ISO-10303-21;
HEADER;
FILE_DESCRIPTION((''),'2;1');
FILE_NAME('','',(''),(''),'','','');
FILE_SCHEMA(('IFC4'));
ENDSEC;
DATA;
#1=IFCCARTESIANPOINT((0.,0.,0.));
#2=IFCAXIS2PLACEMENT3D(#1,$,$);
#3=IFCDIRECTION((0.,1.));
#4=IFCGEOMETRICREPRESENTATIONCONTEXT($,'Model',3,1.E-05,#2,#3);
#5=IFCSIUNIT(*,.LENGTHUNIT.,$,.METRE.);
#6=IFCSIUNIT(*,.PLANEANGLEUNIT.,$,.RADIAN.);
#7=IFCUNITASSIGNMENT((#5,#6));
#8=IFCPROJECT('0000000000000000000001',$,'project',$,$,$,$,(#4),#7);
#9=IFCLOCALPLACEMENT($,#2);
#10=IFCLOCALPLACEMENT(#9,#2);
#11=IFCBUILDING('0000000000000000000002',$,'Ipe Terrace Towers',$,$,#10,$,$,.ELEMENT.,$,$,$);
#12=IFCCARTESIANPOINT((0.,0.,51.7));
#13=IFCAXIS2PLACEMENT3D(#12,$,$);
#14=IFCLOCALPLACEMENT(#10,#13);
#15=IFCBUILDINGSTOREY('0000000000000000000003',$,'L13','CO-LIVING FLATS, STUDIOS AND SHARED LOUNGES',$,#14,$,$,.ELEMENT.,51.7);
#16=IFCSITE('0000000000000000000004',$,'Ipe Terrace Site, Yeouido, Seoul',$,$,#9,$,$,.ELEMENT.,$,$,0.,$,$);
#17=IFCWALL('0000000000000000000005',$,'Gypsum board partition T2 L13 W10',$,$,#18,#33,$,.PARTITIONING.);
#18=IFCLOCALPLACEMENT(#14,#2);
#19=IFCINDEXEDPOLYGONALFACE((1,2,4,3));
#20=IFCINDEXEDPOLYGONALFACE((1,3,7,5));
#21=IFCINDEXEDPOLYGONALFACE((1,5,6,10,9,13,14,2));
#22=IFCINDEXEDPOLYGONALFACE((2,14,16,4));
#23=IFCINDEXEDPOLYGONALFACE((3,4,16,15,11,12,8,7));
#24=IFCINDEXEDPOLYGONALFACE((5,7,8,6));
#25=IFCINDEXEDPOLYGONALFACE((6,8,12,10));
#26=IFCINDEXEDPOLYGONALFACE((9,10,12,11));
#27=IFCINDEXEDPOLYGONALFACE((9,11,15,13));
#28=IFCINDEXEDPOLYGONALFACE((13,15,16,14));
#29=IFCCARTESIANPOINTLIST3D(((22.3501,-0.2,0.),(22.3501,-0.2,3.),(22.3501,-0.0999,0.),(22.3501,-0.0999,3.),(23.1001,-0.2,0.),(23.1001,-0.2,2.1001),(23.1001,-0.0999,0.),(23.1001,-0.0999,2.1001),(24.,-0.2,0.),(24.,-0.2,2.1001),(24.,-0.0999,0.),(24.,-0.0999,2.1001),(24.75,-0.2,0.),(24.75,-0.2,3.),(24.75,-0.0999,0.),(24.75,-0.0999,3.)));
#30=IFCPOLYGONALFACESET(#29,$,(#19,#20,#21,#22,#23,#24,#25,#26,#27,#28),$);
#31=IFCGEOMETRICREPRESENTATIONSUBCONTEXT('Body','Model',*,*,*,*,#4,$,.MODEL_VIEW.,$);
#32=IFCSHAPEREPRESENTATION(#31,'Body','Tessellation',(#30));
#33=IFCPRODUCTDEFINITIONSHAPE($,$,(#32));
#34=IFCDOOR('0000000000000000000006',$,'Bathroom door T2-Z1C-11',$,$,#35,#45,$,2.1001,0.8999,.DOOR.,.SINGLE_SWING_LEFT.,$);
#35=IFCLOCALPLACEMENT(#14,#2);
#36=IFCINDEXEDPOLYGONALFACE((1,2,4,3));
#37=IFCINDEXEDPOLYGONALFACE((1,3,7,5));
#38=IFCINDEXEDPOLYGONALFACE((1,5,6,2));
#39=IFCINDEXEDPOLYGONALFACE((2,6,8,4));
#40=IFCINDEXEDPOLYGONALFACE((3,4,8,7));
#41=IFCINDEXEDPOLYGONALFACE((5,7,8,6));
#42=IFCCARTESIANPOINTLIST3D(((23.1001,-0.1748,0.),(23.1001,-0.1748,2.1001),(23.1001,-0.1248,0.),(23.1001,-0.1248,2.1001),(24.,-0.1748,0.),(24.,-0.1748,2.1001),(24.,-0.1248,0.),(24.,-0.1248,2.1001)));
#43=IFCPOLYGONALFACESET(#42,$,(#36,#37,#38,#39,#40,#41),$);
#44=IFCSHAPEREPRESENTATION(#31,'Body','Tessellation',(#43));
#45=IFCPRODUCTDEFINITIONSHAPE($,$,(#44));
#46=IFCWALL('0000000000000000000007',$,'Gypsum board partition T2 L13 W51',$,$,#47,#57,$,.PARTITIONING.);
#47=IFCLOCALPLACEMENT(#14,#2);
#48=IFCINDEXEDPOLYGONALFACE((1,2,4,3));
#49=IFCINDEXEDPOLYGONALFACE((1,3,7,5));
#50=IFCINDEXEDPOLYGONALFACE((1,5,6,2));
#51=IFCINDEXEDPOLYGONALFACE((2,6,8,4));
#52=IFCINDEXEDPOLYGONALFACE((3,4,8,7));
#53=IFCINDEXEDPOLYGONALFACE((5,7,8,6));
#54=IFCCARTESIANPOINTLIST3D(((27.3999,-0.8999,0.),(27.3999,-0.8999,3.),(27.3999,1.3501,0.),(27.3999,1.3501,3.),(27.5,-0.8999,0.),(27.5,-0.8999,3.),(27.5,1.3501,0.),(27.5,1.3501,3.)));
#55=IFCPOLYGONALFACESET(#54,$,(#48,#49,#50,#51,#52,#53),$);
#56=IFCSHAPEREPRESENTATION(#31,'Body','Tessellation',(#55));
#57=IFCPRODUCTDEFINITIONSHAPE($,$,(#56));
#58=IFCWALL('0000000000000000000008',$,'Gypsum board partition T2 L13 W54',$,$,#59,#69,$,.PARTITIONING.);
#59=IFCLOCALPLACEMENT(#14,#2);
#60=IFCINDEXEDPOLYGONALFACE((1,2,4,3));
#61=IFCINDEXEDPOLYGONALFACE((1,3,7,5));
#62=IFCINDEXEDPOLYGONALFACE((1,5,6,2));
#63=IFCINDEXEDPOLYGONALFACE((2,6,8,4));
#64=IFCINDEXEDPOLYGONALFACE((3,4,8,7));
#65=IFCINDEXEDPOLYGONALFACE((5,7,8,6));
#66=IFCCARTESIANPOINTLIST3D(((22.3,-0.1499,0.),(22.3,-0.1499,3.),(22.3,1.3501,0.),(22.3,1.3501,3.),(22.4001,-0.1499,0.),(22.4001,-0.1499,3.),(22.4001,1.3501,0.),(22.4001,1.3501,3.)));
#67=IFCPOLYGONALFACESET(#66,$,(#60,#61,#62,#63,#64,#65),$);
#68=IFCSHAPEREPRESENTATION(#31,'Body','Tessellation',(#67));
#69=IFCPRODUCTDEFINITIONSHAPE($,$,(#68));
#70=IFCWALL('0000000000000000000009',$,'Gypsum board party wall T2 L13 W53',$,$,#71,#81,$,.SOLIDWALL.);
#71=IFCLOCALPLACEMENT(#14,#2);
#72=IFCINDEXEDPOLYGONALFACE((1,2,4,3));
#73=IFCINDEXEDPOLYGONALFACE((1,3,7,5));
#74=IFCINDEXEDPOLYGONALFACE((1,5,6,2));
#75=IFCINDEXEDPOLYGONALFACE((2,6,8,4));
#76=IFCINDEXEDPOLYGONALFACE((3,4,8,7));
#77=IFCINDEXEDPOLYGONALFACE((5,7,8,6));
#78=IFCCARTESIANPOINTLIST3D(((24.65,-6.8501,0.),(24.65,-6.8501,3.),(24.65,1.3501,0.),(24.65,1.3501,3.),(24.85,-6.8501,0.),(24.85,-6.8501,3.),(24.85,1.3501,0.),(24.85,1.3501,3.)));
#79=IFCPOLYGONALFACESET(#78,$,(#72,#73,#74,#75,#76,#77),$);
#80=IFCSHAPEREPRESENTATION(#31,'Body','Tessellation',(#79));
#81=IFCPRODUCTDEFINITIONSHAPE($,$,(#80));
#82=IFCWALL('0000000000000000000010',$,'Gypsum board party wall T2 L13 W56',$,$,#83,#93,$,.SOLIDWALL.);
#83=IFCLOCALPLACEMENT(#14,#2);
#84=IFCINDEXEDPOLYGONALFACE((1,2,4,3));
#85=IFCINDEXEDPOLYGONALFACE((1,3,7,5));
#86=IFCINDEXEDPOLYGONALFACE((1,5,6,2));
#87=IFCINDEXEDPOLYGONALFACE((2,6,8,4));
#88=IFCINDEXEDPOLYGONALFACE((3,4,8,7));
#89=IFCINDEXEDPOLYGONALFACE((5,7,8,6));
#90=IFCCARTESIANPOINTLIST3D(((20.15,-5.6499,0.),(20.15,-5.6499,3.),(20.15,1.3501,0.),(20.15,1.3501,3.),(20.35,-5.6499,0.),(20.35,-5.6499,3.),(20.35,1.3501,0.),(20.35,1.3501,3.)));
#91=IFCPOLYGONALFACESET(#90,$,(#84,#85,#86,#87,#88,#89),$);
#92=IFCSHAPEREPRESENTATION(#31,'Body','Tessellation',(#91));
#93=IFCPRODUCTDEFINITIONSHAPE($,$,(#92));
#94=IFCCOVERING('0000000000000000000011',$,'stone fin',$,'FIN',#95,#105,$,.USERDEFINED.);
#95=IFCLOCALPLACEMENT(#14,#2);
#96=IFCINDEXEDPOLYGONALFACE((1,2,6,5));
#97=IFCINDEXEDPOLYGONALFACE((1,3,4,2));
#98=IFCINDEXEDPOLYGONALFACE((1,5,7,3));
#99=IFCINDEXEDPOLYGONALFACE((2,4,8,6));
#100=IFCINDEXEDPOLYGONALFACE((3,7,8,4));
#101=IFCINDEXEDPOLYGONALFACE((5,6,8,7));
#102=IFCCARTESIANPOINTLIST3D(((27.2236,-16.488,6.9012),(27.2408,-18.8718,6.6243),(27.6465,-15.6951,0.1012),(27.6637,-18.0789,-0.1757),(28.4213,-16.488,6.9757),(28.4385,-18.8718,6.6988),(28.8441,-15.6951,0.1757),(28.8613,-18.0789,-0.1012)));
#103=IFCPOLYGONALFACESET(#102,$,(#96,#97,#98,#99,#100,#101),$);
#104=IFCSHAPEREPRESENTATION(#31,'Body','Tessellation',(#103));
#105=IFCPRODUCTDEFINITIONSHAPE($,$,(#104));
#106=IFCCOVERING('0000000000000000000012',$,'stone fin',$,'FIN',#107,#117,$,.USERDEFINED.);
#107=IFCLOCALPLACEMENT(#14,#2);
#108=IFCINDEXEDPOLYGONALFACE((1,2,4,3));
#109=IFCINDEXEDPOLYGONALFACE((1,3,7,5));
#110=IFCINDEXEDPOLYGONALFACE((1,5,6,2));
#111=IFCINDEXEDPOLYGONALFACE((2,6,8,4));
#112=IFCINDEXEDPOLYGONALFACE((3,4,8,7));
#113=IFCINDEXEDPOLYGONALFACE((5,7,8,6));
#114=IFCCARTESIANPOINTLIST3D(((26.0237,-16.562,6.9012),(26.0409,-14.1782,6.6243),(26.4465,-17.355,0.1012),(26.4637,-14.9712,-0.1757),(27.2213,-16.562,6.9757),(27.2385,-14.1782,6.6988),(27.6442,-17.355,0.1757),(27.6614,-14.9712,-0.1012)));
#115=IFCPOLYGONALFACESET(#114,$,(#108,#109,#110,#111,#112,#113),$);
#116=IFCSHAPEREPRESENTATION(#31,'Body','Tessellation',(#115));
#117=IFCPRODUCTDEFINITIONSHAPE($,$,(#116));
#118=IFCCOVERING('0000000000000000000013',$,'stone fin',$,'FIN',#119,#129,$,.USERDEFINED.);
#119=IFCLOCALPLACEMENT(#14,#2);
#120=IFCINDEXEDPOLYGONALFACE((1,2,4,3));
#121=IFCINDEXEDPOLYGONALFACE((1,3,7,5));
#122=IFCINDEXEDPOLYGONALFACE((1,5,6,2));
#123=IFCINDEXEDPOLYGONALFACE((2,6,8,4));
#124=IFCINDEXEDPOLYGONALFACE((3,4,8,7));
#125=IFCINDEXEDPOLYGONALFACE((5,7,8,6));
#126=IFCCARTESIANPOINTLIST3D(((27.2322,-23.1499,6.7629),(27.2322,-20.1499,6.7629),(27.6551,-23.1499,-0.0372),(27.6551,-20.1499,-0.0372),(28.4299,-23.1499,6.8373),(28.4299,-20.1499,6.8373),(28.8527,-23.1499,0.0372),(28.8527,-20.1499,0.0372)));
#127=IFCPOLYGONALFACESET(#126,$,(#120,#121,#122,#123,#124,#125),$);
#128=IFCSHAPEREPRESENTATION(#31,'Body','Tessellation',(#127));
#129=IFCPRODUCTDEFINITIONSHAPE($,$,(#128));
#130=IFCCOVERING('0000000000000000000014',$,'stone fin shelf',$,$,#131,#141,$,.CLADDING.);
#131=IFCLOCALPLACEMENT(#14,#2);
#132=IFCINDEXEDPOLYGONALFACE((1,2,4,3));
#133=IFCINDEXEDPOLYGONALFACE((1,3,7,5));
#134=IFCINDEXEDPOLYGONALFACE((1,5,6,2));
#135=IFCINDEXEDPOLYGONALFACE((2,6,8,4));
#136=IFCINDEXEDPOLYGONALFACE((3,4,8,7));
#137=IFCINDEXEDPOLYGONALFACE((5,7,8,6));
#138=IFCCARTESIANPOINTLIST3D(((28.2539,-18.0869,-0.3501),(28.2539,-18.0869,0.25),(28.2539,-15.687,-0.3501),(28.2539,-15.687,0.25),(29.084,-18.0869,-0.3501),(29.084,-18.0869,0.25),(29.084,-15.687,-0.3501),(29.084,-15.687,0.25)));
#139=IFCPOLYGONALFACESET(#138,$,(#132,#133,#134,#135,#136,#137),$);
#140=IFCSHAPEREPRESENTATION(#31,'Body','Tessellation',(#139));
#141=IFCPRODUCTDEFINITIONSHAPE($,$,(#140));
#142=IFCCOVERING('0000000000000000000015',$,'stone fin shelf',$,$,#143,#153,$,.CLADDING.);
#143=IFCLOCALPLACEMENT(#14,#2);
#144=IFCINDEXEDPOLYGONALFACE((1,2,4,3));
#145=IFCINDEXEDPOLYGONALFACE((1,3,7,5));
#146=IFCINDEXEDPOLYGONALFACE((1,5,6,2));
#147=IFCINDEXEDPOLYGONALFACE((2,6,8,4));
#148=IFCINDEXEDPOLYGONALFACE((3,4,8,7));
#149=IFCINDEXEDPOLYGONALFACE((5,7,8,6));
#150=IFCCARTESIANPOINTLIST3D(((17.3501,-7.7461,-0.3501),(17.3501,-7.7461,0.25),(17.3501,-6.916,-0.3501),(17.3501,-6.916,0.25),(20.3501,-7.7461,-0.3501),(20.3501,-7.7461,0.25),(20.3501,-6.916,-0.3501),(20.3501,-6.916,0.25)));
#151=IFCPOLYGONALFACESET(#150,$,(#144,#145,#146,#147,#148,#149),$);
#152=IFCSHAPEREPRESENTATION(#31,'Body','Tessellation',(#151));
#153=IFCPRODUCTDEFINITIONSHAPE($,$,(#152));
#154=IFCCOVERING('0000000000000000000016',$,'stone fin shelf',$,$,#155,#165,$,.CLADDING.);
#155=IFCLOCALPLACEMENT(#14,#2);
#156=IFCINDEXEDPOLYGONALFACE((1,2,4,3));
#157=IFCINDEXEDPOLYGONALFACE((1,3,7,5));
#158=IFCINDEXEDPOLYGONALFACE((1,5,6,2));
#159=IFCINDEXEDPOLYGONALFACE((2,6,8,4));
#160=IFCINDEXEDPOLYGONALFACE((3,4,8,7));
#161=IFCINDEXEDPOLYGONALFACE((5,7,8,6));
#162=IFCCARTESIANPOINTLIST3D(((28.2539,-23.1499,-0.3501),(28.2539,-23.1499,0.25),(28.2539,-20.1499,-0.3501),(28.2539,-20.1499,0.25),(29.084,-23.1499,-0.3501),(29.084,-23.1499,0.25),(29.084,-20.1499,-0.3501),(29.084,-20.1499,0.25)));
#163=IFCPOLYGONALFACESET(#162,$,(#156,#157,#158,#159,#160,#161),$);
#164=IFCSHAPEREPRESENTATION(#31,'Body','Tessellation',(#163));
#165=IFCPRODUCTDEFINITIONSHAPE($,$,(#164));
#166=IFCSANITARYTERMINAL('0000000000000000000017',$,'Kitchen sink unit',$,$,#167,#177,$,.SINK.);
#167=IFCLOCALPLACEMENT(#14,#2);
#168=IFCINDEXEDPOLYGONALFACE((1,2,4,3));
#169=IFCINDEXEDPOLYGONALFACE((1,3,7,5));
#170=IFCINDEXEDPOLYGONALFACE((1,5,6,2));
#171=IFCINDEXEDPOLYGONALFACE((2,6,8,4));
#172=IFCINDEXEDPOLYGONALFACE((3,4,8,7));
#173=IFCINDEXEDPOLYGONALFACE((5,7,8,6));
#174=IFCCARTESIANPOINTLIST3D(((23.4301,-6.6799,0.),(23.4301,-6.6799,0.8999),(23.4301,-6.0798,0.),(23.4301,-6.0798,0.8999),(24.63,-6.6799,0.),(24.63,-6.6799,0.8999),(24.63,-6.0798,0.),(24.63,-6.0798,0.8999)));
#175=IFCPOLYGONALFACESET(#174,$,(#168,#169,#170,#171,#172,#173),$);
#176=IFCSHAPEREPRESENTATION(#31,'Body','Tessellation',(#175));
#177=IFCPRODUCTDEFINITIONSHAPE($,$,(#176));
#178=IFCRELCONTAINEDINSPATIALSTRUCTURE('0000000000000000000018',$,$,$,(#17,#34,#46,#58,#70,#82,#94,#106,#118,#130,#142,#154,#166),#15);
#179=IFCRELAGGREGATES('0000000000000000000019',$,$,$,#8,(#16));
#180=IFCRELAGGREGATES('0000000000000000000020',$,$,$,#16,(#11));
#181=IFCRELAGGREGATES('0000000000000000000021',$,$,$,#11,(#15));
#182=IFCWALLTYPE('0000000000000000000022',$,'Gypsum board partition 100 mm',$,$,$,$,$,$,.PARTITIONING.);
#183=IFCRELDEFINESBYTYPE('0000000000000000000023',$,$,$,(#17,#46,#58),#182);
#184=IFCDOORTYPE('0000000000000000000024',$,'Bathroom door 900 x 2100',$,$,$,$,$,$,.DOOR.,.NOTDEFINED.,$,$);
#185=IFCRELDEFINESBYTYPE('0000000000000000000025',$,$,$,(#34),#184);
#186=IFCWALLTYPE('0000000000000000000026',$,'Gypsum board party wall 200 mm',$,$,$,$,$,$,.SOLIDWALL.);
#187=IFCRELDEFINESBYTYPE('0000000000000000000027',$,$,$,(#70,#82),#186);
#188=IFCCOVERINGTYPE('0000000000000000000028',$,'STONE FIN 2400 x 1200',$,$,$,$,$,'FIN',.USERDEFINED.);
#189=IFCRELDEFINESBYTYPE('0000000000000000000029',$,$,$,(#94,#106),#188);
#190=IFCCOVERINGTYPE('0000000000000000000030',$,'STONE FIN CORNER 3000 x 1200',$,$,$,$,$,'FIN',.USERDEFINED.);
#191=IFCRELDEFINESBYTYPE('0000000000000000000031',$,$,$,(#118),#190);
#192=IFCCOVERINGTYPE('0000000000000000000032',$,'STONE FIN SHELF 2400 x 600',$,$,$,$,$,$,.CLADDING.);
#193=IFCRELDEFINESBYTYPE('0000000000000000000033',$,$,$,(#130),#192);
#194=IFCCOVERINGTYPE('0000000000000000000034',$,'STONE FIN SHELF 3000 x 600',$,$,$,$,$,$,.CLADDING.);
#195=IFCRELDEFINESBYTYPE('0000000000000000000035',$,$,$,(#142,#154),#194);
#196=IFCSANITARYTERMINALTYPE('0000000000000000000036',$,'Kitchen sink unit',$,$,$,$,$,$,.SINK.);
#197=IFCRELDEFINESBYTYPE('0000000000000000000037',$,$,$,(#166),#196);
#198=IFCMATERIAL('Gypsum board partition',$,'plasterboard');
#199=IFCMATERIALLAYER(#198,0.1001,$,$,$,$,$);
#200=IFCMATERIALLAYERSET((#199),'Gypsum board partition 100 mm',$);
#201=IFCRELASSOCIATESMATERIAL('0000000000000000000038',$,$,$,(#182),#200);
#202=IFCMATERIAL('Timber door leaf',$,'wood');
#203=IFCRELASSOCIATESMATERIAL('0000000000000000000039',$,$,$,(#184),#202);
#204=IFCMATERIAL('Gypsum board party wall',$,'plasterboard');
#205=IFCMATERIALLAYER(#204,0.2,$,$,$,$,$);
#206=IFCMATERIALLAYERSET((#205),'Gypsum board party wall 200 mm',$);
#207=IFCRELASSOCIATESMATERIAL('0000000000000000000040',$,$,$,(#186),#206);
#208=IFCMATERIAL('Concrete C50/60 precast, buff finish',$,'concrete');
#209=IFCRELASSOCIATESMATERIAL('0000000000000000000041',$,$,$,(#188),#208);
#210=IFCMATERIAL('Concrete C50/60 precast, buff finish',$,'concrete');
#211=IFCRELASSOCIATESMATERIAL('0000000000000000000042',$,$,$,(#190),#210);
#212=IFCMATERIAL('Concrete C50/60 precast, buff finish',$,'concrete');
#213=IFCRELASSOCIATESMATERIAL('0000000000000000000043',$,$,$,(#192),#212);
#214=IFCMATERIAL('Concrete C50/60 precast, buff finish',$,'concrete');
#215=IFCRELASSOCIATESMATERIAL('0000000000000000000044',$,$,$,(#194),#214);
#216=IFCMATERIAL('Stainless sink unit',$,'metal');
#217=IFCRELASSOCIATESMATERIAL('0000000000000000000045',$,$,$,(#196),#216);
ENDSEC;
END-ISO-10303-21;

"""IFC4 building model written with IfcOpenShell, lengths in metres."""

from ifc_helpers import new_model, si_unit, direction, frame, frame_2d, origin, origin_2d, place, context, subcontext, project, spatial, rectangle, extrude, material, layer, layer_set, material_profile, profile_set, type_object, element, fill, save


model = new_model("IFC4")

# Units and contexts
model_context = context("Model", 3, precision=1e-05, world=origin(), true_north=direction((0.0, 1.0)))
body_context = subcontext(model_context, "Body", "Model", "MODEL_VIEW")
ifc_project = project(units=[si_unit("LENGTHUNIT", "METRE"), si_unit("PLANEANGLEUNIT", "RADIAN")], contexts=[model_context])

# Site, building, storey
site_placement = place(None, origin())
site = spatial("IfcSite", under=ifc_project, at=site_placement, Name="Ipe Terrace Site, Yeouido, Seoul", CompositionType="ELEMENT", RefElevation=0.0)
building_placement = place(site_placement, origin())
building = spatial("IfcBuilding", under=site, at=building_placement, Name="Ipe Terrace Towers", CompositionType="ELEMENT")
storey_placement = place(building_placement, frame((0.0, 0.0, 51.7)))
storey = spatial("IfcBuildingStorey", under=building, at=storey_placement, Name="L13", Description="CO-LIVING FLATS, STUDIOS AND SHARED LOUNGES", CompositionType="ELEMENT", Elevation=51.7)

# Wall, opening, door
ifc_material_1 = material(Name="Gypsum board partition", Category="plasterboard")
ifc_layer_1 = layer(ifc_material_1, 0.1001)
ifc_layer_set_1 = layer_set([ifc_layer_1], Name="Gypsum board partition 100 mm")
wall_type_1 = type_object("IfcWallType", Name="Gypsum board partition 100 mm", PredefinedType="PARTITIONING", material=ifc_layer_set_1)
wall_1_placement = place(storey_placement, frame((24.75, -0.1499, 0.0), z_axis=(0.0, 0.0, 1.0), x_axis=(-1.0, 0.0, 0.0)))
wall_1 = element("IfcWall", 1, at=wall_1_placement, inside=storey, type_object=wall_type_1, Name="Gypsum board partition T2 L13 W10", PredefinedType="PARTITIONING", context=body_context, shape_type="SweptSolid", body=[
    extrude(rectangle(XDim=2.3999, YDim=0.1001, at=frame_2d((1.2, 0.0))), origin(), (0.0, 0.0, 1.0), 3.0),
])
opening_1_placement = place(wall_1_placement, frame((0.75, 0.0, 0.0)))
opening_1 = element("IfcOpeningElement", 2, at=opening_1_placement, cuts=wall_1, PredefinedType="OPENING", context=body_context, shape_type="SweptSolid", body=[
    extrude(rectangle(XDim=0.8999, YDim=2.1001, at=frame_2d((0.45, 1.05))), frame((0.0, 0.0601, 0.0), z_axis=(0.0, -1.0, 0.0), x_axis=(1.0, 0.0, 0.0)), (0.0, 0.0, 1.0), 0.1201),
])
ifc_material_2 = material(Name="Timber door leaf", Category="wood")
door_type_1 = type_object("IfcDoorType", Name="Bathroom door 900 x 2100", OperationType="NOTDEFINED", PredefinedType="DOOR", material=ifc_material_2)
door_1_placement = place(opening_1_placement, origin())
door_1 = element("IfcDoor", 3, at=door_1_placement, inside=storey, type_object=door_type_1, Name="Bathroom door T2-Z1C-11", OperationType="SINGLE_SWING_LEFT", OverallHeight=2.1001, OverallWidth=0.8999, PredefinedType="DOOR", context=body_context, shape_type="SweptSolid", body=[
    extrude(rectangle(XDim=0.8999, YDim=2.1001, at=frame_2d((0.45, 1.05))), frame((0.0, 0.0249, 0.0), z_axis=(0.0, -1.0, 0.0), x_axis=(1.0, 0.0, 0.0)), (0.0, 0.0, 1.0), 0.05),
])
fill(opening_1, door_1)

# Walls
wall_2_placement = place(storey_placement, frame((27.45, -0.8999, 0.0), z_axis=(0.0, 0.0, 1.0), x_axis=(0.0, 1.0, 0.0)))
element("IfcWall", 4, at=wall_2_placement, inside=storey, type_object=wall_type_1, Name="Gypsum board partition T2 L13 W51", PredefinedType="PARTITIONING", context=body_context, shape_type="SweptSolid", body=[
    extrude(rectangle(XDim=2.25, YDim=0.1001, at=frame_2d((1.125, 0.0))), origin(), (0.0, 0.0, 1.0), 3.0),
])
wall_3_placement = place(storey_placement, frame((22.3501, -0.1499, 0.0), z_axis=(0.0, 0.0, 1.0), x_axis=(0.0, 1.0, 0.0)))
element("IfcWall", 5, at=wall_3_placement, inside=storey, type_object=wall_type_1, Name="Gypsum board partition T2 L13 W54", PredefinedType="PARTITIONING", context=body_context, shape_type="SweptSolid", body=[
    extrude(rectangle(XDim=1.5, YDim=0.1001, at=frame_2d((0.75, 0.0))), origin(), (0.0, 0.0, 1.0), 3.0),
])
ifc_material_3 = material(Name="Gypsum board party wall", Category="plasterboard")
ifc_layer_2 = layer(ifc_material_3, 0.2)
ifc_layer_set_2 = layer_set([ifc_layer_2], Name="Gypsum board party wall 200 mm")
wall_type_2 = type_object("IfcWallType", Name="Gypsum board party wall 200 mm", PredefinedType="SOLIDWALL", material=ifc_layer_set_2)
wall_4_placement = place(storey_placement, frame((24.75, -6.8501, 0.0), z_axis=(0.0, 0.0, 1.0), x_axis=(0.0, 1.0, 0.0)))
element("IfcWall", 6, at=wall_4_placement, inside=storey, type_object=wall_type_2, Name="Gypsum board party wall T2 L13 W53", PredefinedType="SOLIDWALL", context=body_context, shape_type="SweptSolid", body=[
    extrude(rectangle(XDim=8.2002, YDim=0.2, at=frame_2d((4.1001, 0.0))), origin(), (0.0, 0.0, 1.0), 3.0),
])
wall_5_placement = place(storey_placement, frame((20.25, -5.6499, 0.0), z_axis=(0.0, 0.0, 1.0), x_axis=(0.0, 1.0, 0.0)))
element("IfcWall", 7, at=wall_5_placement, inside=storey, type_object=wall_type_2, Name="Gypsum board party wall T2 L13 W56", PredefinedType="SOLIDWALL", context=body_context, shape_type="SweptSolid", body=[
    extrude(rectangle(XDim=7.0, YDim=0.2, at=frame_2d((3.5, 0.0))), origin(), (0.0, 0.0, 1.0), 3.0),
])

# Coverings
ifc_material_4 = material(Name="Concrete C50/60 precast, buff finish", Category="concrete")
ifc_material_profile_1 = material_profile(ifc_material_4, rectangle(XDim=2.3999, YDim=1.2, at=origin_2d()), Name="STONE FIN 2400 x 1200")
ifc_profile_set_1 = profile_set([ifc_material_profile_1], Name="Concrete C50/60 precast, buff finish")
covering_type_1 = type_object("IfcCoveringType", Name="STONE FIN 2400 x 1200", ElementType="FIN", PredefinedType="USERDEFINED", material=ifc_profile_set_1)
for number, where, z_axis, x_axis, name in (
    (8, (28.2539, -16.887, 0.0), (-0.061648, -0.115607, 0.99138), (0.007175, -0.993295, -0.115384), "stone fin"),
    (9, (27.054, -16.1631, 0.0), (-0.061648, 0.115607, 0.99138), (-0.007175, -0.993295, 0.115384), "stone fin"),
):
    element("IfcCovering", number, at=place(storey_placement, frame(where, z_axis=z_axis, x_axis=x_axis)), inside=storey, type_object=covering_type_1, Name=name, ObjectType="FIN", PredefinedType="USERDEFINED", context=body_context, shape_type="SweptSolid", body=[
        extrude(rectangle(XDim=2.3999, YDim=1.2, at=origin_2d()), origin(), (0.0, 0.0, 1.0), 6.8591),
    ])
ifc_material_5 = material(Name="Concrete C50/60 precast, buff finish", Category="concrete")
ifc_material_profile_2 = material_profile(ifc_material_5, rectangle(XDim=3.0, YDim=1.2, at=origin_2d()), Name="STONE FIN CORNER 3000 x 1200")
ifc_profile_set_2 = profile_set([ifc_material_profile_2], Name="Concrete C50/60 precast, buff finish")
covering_type_2 = type_object("IfcCoveringType", Name="STONE FIN CORNER 3000 x 1200", ElementType="FIN", PredefinedType="USERDEFINED", material=ifc_profile_set_2)
covering_1_placement = place(storey_placement, frame((28.2539, -21.6499, 0.0), z_axis=(-0.062064, 0.0, 0.998072), x_axis=(0.0, -1.0, 0.0)))
element("IfcCovering", 10, at=covering_1_placement, inside=storey, type_object=covering_type_2, Name="stone fin", ObjectType="FIN", PredefinedType="USERDEFINED", context=body_context, shape_type="SweptSolid", body=[
    extrude(rectangle(XDim=3.0, YDim=1.2, at=origin_2d()), origin(), (0.0, 0.0, 1.0), 6.8132),
])
ifc_material_6 = material(Name="Concrete C50/60 precast, buff finish", Category="concrete")
covering_type_3 = type_object("IfcCoveringType", Name="STONE FIN SHELF 2400 x 600", PredefinedType="CLADDING", material=ifc_material_6)
covering_2_placement = place(storey_placement, frame((28.6689, -16.887, -0.3501), z_axis=(0.0, 0.0, 1.0), x_axis=(0.0, -1.0, 0.0)))
element("IfcCovering", 11, at=covering_2_placement, inside=storey, type_object=covering_type_3, Name="stone fin shelf", PredefinedType="CLADDING", context=body_context, shape_type="SweptSolid", body=[
    extrude(rectangle(XDim=2.3999, YDim=0.8301, at=origin_2d()), origin(), (0.0, 0.0, 1.0), 0.6001),
])
ifc_material_7 = material(Name="Concrete C50/60 precast, buff finish", Category="concrete")
covering_type_4 = type_object("IfcCoveringType", Name="STONE FIN SHELF 3000 x 600", PredefinedType="CLADDING", material=ifc_material_7)
for number, where, z_axis, x_axis, name in (
    (12, (18.8501, -7.3311, -0.3501), (0.0, 0.0, 1.0), (1.0, 0.0, 0.0), "stone fin shelf"),
    (13, (28.6689, -21.6499, -0.3501), (0.0, 0.0, 1.0), (0.0, -1.0, 0.0), "stone fin shelf"),
):
    element("IfcCovering", number, at=place(storey_placement, frame(where, z_axis=z_axis, x_axis=x_axis)), inside=storey, type_object=covering_type_4, Name=name, PredefinedType="CLADDING", context=body_context, shape_type="SweptSolid", body=[
        extrude(rectangle(XDim=3.0, YDim=0.8301, at=origin_2d()), origin(), (0.0, 0.0, 1.0), 0.6001),
    ])

# Sanitary terminal
ifc_material_8 = material(Name="Stainless sink unit", Category="metal")
sanitary_terminal_type = type_object("IfcSanitaryTerminalType", Name="Kitchen sink unit", PredefinedType="SINK", material=ifc_material_8)
sanitary_terminal_placement = place(storey_placement, frame((24.03, -6.3799, 0.0), z_axis=(0.0, 0.0, 1.0), x_axis=(-1.0, 0.0, 0.0)))
element("IfcSanitaryTerminal", 14, at=sanitary_terminal_placement, inside=storey, type_object=sanitary_terminal_type, Name="Kitchen sink unit", PredefinedType="SINK", context=body_context, shape_type="SweptSolid", body=[
    extrude(rectangle(XDim=1.2, YDim=0.6001, at=origin_2d()), origin(), (0.0, 0.0, 1.0), 0.8999),
])

save(model, "model.ifc")
